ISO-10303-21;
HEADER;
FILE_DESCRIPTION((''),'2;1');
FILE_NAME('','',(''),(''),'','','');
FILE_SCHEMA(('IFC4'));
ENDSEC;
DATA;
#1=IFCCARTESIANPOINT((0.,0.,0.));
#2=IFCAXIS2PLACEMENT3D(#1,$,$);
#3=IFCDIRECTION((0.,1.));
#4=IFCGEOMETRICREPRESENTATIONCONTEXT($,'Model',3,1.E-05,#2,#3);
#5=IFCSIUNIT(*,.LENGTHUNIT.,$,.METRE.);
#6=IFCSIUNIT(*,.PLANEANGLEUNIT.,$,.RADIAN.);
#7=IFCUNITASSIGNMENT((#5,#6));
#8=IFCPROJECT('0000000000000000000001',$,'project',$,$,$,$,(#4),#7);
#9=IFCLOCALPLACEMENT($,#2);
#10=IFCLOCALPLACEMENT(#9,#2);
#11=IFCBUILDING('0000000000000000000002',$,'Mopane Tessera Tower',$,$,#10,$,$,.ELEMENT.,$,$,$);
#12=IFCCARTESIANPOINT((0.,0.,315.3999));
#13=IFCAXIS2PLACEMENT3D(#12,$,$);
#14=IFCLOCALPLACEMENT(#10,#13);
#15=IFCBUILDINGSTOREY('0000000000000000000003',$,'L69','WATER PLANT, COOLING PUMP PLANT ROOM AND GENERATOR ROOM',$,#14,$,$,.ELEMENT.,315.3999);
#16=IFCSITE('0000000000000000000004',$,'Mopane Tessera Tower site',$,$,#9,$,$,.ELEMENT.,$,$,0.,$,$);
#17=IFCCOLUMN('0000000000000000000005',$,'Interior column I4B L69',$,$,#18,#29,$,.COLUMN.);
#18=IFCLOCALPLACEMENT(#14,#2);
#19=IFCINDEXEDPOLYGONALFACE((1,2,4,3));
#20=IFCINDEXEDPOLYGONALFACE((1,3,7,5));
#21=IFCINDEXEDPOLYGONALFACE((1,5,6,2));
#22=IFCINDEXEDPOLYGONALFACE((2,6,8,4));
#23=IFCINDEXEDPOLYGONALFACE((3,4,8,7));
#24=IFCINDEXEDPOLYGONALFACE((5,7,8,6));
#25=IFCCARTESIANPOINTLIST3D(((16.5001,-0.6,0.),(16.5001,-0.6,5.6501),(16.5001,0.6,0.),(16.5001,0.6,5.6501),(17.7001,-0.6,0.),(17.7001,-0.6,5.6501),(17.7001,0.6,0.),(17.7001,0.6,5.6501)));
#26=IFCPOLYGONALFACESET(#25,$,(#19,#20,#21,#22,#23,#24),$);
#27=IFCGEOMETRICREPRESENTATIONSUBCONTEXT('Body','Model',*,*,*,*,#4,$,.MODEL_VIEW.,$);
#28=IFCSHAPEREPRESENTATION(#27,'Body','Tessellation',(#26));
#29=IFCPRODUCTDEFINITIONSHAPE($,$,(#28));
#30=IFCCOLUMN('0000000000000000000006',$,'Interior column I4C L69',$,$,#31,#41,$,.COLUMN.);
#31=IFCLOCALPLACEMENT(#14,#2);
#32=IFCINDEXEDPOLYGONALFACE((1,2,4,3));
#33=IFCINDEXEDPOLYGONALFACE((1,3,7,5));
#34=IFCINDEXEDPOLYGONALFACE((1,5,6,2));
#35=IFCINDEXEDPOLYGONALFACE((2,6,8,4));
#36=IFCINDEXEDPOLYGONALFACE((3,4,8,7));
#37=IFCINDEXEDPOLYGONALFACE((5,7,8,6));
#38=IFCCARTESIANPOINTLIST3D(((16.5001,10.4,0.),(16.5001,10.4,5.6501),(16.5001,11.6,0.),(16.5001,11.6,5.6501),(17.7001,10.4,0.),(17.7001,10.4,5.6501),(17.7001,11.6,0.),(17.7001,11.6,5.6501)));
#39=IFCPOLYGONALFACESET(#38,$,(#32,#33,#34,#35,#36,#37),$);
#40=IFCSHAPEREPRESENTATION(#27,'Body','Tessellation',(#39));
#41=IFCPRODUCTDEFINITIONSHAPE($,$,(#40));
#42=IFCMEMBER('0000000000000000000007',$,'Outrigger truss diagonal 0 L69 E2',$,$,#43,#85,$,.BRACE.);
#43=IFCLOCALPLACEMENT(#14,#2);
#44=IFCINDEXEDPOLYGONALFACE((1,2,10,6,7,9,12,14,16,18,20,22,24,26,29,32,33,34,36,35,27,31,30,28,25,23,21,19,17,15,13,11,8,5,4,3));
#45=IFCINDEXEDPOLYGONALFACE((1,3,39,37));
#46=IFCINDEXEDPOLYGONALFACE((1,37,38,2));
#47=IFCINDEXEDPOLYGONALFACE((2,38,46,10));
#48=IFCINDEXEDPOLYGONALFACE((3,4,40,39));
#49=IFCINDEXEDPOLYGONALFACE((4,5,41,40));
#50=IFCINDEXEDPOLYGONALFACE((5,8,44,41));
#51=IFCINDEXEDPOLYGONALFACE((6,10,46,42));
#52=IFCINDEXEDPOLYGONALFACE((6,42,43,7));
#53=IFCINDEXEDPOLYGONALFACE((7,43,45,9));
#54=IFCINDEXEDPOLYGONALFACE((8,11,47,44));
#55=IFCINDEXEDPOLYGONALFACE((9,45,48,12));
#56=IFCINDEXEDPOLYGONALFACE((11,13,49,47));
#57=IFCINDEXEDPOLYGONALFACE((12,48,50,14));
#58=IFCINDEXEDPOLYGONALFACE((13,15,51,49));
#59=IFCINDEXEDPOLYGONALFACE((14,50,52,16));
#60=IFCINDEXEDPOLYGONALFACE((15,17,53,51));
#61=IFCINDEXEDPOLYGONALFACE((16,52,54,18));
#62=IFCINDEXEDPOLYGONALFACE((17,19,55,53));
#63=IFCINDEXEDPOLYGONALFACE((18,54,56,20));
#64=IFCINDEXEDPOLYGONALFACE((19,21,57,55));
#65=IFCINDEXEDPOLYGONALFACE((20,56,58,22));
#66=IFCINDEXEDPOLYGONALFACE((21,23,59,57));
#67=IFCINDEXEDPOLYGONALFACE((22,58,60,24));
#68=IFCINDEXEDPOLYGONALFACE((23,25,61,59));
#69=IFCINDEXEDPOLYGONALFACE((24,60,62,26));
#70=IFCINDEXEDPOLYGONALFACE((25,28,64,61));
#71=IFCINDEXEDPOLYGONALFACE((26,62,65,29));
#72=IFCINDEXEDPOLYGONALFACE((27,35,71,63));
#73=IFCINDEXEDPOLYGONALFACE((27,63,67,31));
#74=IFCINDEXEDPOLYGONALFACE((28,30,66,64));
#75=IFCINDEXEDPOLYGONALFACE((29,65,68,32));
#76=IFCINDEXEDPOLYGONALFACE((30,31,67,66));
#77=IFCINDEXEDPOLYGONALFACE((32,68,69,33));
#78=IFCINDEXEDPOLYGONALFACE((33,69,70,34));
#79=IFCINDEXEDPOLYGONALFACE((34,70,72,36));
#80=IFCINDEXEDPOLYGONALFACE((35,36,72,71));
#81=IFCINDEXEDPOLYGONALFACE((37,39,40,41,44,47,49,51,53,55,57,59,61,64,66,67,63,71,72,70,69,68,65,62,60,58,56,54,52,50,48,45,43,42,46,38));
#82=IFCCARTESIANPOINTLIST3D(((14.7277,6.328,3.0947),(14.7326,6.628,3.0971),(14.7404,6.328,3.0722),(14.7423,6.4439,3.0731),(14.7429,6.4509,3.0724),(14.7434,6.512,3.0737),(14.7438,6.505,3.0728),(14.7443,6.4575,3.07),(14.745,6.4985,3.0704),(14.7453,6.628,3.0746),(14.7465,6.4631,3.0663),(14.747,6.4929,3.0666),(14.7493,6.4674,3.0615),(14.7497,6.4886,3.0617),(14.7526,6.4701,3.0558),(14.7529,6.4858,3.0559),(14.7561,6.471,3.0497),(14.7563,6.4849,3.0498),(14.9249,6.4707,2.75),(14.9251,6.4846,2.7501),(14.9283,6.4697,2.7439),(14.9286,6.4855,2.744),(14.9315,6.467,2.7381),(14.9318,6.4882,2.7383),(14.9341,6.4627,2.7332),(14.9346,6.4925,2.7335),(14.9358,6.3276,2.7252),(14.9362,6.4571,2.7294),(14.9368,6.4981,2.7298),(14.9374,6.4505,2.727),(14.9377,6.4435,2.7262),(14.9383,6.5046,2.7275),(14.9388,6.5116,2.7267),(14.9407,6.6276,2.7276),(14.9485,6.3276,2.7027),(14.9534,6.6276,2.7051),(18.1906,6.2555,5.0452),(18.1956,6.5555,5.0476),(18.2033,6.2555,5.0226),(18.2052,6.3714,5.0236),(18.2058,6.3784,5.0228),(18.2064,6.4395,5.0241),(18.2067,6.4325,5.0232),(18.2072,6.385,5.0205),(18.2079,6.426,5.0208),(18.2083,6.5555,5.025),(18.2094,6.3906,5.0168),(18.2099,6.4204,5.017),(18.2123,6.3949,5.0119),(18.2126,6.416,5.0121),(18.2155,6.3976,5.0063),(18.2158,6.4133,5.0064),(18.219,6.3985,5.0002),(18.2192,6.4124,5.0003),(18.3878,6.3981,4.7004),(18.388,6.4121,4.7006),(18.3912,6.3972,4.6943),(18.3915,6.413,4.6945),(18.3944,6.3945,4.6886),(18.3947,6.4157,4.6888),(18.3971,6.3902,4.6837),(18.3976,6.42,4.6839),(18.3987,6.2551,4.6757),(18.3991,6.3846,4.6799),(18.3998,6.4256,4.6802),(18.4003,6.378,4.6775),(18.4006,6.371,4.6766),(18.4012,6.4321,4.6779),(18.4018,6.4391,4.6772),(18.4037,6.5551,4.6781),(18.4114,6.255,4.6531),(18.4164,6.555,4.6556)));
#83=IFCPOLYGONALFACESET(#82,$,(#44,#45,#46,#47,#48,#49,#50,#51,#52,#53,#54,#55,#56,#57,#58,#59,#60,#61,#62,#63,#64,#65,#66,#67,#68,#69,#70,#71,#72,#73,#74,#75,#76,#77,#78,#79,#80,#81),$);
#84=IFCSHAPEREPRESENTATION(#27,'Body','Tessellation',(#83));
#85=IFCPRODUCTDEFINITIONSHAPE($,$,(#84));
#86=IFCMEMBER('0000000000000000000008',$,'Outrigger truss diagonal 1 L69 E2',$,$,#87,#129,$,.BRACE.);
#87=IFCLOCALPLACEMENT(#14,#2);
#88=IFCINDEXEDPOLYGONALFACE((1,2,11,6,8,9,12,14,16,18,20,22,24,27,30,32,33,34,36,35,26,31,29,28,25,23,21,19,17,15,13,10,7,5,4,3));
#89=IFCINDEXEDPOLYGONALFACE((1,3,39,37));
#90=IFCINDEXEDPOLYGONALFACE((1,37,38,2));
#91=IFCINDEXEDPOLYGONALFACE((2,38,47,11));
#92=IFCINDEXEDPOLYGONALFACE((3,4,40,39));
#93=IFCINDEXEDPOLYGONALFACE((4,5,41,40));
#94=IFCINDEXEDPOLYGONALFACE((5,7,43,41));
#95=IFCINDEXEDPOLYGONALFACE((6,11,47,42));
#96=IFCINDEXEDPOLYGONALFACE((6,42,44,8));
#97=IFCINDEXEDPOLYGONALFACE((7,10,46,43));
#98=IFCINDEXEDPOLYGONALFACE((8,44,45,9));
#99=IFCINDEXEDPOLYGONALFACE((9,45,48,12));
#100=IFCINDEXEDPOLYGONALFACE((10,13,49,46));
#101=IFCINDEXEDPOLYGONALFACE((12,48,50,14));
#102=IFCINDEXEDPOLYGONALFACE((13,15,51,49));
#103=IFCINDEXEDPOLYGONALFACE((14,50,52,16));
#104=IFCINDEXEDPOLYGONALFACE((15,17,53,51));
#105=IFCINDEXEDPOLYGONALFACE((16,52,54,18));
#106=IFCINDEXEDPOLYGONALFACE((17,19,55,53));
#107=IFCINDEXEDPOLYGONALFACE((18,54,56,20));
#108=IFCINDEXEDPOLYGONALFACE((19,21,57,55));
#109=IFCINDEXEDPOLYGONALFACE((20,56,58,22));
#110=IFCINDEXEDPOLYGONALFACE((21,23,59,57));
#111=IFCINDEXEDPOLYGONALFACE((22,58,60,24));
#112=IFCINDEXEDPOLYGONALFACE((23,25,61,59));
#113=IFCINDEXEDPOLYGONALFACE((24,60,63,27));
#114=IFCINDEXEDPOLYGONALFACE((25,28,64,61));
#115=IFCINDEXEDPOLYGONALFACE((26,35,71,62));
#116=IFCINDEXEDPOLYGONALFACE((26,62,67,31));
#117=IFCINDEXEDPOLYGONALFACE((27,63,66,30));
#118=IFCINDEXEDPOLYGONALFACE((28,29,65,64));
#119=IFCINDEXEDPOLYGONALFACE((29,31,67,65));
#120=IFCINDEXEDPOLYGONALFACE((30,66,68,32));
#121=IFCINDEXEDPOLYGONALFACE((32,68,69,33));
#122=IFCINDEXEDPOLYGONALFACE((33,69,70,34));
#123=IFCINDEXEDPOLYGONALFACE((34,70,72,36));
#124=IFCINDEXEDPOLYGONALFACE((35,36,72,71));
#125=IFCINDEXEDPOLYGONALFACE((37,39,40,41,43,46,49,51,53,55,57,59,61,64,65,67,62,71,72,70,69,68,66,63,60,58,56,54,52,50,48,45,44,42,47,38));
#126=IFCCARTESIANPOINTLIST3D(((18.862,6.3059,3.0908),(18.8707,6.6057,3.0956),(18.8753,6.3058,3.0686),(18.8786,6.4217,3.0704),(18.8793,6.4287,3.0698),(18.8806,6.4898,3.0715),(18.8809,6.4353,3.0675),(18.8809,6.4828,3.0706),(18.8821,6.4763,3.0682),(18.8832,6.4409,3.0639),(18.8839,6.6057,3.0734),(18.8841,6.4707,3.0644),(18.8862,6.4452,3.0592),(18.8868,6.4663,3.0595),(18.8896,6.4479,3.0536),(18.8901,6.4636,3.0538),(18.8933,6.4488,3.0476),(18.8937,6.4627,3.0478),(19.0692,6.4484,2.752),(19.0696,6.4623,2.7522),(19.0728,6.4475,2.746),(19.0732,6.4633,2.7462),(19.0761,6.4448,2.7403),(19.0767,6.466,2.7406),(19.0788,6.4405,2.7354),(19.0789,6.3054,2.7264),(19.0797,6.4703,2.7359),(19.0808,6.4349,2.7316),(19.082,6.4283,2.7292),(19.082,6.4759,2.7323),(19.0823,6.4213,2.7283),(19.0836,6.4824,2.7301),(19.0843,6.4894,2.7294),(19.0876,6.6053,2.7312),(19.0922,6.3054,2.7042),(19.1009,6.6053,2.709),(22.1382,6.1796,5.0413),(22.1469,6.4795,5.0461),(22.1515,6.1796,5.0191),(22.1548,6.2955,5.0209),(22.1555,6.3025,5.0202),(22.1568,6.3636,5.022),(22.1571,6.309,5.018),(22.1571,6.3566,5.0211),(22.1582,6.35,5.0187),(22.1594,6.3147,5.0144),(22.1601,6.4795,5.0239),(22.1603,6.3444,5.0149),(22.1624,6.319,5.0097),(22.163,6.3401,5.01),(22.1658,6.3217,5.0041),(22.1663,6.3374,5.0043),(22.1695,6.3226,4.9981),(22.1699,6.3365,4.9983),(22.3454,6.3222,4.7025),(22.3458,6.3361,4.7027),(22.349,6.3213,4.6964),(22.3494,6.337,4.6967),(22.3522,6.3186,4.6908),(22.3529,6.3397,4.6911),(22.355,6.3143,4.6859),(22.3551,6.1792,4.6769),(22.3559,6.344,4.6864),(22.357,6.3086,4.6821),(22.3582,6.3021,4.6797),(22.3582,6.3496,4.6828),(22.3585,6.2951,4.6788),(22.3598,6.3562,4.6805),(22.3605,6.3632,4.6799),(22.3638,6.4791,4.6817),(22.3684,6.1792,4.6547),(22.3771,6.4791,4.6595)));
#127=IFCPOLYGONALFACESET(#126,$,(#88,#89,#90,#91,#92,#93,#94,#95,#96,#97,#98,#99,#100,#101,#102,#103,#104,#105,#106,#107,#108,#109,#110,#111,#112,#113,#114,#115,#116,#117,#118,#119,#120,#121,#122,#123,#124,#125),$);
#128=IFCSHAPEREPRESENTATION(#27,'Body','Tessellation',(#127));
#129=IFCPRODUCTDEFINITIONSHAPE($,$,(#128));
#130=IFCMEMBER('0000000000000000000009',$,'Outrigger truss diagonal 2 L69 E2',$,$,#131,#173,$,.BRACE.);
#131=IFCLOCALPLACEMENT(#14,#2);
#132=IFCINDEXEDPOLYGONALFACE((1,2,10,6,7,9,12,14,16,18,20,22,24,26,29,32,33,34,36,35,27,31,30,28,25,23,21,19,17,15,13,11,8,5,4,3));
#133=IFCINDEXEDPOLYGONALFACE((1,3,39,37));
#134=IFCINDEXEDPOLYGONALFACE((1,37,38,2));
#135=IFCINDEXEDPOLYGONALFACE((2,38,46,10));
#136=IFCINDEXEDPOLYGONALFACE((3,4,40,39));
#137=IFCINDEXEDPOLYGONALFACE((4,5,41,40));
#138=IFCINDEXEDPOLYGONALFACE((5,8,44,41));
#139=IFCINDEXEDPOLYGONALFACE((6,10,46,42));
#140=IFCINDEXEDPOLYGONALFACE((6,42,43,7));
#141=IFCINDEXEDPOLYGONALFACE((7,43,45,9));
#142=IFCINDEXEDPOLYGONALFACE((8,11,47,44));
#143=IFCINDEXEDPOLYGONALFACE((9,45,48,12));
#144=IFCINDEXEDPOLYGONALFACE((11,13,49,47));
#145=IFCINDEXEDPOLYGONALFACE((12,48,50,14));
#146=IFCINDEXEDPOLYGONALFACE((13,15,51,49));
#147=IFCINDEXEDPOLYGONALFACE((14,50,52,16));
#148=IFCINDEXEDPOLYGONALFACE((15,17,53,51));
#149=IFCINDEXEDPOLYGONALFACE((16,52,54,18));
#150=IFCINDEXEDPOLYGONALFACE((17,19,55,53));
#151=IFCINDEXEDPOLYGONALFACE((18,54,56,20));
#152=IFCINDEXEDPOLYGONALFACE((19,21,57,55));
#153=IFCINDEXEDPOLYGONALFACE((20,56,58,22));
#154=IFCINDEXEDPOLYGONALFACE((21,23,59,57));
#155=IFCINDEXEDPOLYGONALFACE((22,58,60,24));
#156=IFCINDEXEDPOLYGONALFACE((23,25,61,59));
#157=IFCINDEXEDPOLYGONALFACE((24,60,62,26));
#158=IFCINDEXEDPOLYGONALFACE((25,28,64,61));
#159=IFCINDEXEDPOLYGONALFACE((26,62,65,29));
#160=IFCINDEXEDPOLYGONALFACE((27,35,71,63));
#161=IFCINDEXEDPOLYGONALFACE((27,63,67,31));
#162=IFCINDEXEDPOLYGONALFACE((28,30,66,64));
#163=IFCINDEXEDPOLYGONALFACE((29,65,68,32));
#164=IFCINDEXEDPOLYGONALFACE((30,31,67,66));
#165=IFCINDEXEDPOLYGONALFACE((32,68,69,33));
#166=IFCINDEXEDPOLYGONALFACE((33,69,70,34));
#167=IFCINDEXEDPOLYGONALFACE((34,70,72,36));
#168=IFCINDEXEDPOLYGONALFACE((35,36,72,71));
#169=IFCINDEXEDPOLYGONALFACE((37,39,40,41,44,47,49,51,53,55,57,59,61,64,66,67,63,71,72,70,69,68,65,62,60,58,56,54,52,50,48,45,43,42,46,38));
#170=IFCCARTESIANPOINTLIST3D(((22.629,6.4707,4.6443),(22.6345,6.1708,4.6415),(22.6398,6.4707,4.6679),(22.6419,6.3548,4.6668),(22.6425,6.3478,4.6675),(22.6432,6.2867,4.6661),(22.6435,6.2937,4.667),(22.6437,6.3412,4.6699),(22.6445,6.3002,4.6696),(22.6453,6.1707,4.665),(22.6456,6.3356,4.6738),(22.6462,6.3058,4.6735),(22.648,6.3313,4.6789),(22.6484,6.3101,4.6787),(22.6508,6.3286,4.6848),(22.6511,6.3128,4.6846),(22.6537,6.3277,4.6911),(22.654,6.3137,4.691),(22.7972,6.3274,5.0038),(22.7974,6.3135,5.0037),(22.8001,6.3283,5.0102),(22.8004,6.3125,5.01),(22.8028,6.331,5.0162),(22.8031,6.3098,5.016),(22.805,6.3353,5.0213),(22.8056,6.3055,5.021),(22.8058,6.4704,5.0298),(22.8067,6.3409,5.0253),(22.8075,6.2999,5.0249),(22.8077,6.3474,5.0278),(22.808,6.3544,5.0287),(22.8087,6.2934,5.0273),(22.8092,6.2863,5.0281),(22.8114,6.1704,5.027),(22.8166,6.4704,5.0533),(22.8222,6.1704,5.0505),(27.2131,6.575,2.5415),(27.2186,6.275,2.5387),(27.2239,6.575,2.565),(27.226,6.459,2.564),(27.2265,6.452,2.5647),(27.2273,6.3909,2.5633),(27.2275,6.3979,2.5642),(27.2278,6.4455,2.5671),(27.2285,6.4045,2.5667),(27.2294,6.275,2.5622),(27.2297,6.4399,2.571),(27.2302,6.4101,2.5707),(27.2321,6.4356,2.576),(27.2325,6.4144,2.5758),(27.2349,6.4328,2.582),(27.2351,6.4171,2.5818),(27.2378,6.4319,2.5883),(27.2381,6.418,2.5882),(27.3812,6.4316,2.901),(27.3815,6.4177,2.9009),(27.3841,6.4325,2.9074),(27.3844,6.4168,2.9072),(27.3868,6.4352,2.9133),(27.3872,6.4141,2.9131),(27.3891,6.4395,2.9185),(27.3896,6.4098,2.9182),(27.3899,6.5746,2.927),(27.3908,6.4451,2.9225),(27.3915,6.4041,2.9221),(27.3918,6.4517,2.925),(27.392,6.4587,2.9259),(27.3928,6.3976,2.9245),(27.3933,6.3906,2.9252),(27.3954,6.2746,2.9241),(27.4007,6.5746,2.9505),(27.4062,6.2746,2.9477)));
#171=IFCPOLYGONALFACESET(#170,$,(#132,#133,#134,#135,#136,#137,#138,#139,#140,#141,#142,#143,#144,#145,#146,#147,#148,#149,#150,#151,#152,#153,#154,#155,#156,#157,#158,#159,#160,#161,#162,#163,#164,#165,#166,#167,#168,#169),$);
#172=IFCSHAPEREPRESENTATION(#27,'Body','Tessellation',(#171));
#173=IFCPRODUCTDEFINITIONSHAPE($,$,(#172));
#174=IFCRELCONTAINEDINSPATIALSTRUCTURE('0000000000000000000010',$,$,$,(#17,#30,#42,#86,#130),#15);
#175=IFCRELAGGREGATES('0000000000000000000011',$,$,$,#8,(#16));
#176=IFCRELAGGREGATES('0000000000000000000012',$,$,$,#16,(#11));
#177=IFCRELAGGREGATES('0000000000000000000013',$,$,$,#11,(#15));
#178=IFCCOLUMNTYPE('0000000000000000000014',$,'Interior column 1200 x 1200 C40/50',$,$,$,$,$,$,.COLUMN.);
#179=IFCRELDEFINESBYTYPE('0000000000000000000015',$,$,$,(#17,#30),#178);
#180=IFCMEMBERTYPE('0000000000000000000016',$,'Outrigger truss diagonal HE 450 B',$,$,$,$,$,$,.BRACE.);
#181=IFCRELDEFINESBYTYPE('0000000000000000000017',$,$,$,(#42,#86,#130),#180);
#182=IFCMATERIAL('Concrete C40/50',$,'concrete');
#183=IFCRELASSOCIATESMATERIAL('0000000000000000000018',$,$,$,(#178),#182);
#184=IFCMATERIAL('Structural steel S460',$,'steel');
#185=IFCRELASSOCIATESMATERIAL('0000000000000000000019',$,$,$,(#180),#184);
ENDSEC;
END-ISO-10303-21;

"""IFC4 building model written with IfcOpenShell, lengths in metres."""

from ifc_helpers import new_model, si_unit, direction, frame, origin, origin_2d, place, context, subcontext, project, spatial, rectangle, i_section, extrude, material, material_profile, profile_set, type_object, element, save


model = new_model("IFC4")

# Units and contexts
model_context = context("Model", 3, precision=1e-05, world=origin(), true_north=direction((0.0, 1.0)))
body_context = subcontext(model_context, "Body", "Model", "MODEL_VIEW")
ifc_project = project(units=[si_unit("LENGTHUNIT", "METRE"), si_unit("PLANEANGLEUNIT", "RADIAN")], contexts=[model_context])

# Site, building, storey
site_placement = place(None, origin())
site = spatial("IfcSite", under=ifc_project, at=site_placement, Name="Mopane Tessera Tower site", CompositionType="ELEMENT", RefElevation=0.0)
building_placement = place(site_placement, origin())
building = spatial("IfcBuilding", under=site, at=building_placement, Name="Mopane Tessera Tower", CompositionType="ELEMENT")
storey_placement = place(building_placement, frame((0.0, 0.0, 315.3999)))
storey = spatial("IfcBuildingStorey", under=building, at=storey_placement, Name="L69", Description="WATER PLANT, COOLING PUMP PLANT ROOM AND GENERATOR ROOM", CompositionType="ELEMENT", Elevation=315.3999)

# Columns
ifc_material_1 = material(Name="Concrete C40/50", Category="concrete")
ifc_material_profile_1 = material_profile(ifc_material_1, rectangle(XDim=1.2, YDim=1.2, at=origin_2d()))
ifc_profile_set_1 = profile_set([ifc_material_profile_1], Name="Concrete C40/50")
column_type = type_object("IfcColumnType", Name="Interior column 1200 x 1200 C40/50", PredefinedType="COLUMN", material=ifc_profile_set_1)
for number, where, z_axis, x_axis, name in (
    (1, (17.1001, 0.0, 0.0), (0.0, 0.0, 1.0), (1.0, 0.0, 0.0), "Interior column I4B L69"),
    (2, (17.1001, 11.0, 0.0), (0.0, 0.0, 1.0), (1.0, 0.0, 0.0), "Interior column I4C L69"),
):
    element("IfcColumn", number, at=place(storey_placement, frame(where, z_axis=z_axis, x_axis=x_axis)), inside=storey, type_object=column_type, Name=name, PredefinedType="COLUMN", context=body_context, shape_type="SweptSolid", body=[
        extrude(rectangle(XDim=1.2, YDim=1.2, at=origin_2d()), origin(), (0.0, 0.0, 1.0), 5.6501),
    ])

# Members
ifc_material_2 = material(Name="Structural steel S460", Category="steel")
ifc_material_profile_2 = material_profile(ifc_material_2, i_section(OverallWidth=0.3, OverallDepth=0.45, WebThickness=0.0139, FlangeThickness=0.0259, FilletRadius=0.0271, at=origin_2d()))
ifc_profile_set_2 = profile_set([ifc_material_profile_2], Name="Structural steel S460")
member_type_1 = type_object("IfcMemberType", Name="Outrigger truss diagonal HE 450 B", PredefinedType="BRACE", material=ifc_profile_set_2)
member_1_placement = place(storey_placement, frame((14.8406, 6.4778, 2.8999), z_axis=(0.871155, -0.018241, 0.490669), x_axis=(0.016386, 0.999833, 0.008078)))
element("IfcMember", 3, at=member_1_placement, inside=storey, type_object=member_type_1, Name="Outrigger truss diagonal 0 L69 E2", PredefinedType="BRACE", context=body_context, shape_type="SweptSolid", body=[
    extrude(i_section(OverallWidth=0.3, OverallDepth=0.45, WebThickness=0.0139, FlangeThickness=0.0259, FilletRadius=0.0271, at=origin_2d()), origin(), (0.0, 0.0, 1.0), 3.9751),
])
member_2_placement = place(storey_placement, frame((18.9814, 6.4556, 2.8999), z_axis=(0.85878, -0.033087, 0.511275), x_axis=(0.028961, 0.999452, 0.016032)))
element("IfcMember", 4, at=member_2_placement, inside=storey, type_object=member_type_1, Name="Outrigger truss diagonal 1 L69 E2", PredefinedType="BRACE", context=body_context, shape_type="SweptSolid", body=[
    extrude(i_section(OverallWidth=0.3, OverallDepth=0.45, WebThickness=0.0139, FlangeThickness=0.0259, FilletRadius=0.0271, at=origin_2d()), origin(), (0.0, 0.0, 1.0), 3.8149),
])
member_3_placement = place(storey_placement, frame((22.7256, 6.3206, 4.8474), z_axis=(0.908736, 0.020666, -0.416859), x_axis=(-0.01843, 0.999786, 0.009389)))
element("IfcMember", 5, at=member_3_placement, inside=storey, type_object=member_type_1, Name="Outrigger truss diagonal 2 L69 E2", PredefinedType="BRACE", context=body_context, shape_type="SweptSolid", body=[
    extrude(i_section(OverallWidth=0.3, OverallDepth=0.45, WebThickness=0.0139, FlangeThickness=0.0259, FilletRadius=0.0271, at=origin_2d()), origin(), (0.0, 0.0, 1.0), 5.0444),
])

save(model, "model.ifc")
